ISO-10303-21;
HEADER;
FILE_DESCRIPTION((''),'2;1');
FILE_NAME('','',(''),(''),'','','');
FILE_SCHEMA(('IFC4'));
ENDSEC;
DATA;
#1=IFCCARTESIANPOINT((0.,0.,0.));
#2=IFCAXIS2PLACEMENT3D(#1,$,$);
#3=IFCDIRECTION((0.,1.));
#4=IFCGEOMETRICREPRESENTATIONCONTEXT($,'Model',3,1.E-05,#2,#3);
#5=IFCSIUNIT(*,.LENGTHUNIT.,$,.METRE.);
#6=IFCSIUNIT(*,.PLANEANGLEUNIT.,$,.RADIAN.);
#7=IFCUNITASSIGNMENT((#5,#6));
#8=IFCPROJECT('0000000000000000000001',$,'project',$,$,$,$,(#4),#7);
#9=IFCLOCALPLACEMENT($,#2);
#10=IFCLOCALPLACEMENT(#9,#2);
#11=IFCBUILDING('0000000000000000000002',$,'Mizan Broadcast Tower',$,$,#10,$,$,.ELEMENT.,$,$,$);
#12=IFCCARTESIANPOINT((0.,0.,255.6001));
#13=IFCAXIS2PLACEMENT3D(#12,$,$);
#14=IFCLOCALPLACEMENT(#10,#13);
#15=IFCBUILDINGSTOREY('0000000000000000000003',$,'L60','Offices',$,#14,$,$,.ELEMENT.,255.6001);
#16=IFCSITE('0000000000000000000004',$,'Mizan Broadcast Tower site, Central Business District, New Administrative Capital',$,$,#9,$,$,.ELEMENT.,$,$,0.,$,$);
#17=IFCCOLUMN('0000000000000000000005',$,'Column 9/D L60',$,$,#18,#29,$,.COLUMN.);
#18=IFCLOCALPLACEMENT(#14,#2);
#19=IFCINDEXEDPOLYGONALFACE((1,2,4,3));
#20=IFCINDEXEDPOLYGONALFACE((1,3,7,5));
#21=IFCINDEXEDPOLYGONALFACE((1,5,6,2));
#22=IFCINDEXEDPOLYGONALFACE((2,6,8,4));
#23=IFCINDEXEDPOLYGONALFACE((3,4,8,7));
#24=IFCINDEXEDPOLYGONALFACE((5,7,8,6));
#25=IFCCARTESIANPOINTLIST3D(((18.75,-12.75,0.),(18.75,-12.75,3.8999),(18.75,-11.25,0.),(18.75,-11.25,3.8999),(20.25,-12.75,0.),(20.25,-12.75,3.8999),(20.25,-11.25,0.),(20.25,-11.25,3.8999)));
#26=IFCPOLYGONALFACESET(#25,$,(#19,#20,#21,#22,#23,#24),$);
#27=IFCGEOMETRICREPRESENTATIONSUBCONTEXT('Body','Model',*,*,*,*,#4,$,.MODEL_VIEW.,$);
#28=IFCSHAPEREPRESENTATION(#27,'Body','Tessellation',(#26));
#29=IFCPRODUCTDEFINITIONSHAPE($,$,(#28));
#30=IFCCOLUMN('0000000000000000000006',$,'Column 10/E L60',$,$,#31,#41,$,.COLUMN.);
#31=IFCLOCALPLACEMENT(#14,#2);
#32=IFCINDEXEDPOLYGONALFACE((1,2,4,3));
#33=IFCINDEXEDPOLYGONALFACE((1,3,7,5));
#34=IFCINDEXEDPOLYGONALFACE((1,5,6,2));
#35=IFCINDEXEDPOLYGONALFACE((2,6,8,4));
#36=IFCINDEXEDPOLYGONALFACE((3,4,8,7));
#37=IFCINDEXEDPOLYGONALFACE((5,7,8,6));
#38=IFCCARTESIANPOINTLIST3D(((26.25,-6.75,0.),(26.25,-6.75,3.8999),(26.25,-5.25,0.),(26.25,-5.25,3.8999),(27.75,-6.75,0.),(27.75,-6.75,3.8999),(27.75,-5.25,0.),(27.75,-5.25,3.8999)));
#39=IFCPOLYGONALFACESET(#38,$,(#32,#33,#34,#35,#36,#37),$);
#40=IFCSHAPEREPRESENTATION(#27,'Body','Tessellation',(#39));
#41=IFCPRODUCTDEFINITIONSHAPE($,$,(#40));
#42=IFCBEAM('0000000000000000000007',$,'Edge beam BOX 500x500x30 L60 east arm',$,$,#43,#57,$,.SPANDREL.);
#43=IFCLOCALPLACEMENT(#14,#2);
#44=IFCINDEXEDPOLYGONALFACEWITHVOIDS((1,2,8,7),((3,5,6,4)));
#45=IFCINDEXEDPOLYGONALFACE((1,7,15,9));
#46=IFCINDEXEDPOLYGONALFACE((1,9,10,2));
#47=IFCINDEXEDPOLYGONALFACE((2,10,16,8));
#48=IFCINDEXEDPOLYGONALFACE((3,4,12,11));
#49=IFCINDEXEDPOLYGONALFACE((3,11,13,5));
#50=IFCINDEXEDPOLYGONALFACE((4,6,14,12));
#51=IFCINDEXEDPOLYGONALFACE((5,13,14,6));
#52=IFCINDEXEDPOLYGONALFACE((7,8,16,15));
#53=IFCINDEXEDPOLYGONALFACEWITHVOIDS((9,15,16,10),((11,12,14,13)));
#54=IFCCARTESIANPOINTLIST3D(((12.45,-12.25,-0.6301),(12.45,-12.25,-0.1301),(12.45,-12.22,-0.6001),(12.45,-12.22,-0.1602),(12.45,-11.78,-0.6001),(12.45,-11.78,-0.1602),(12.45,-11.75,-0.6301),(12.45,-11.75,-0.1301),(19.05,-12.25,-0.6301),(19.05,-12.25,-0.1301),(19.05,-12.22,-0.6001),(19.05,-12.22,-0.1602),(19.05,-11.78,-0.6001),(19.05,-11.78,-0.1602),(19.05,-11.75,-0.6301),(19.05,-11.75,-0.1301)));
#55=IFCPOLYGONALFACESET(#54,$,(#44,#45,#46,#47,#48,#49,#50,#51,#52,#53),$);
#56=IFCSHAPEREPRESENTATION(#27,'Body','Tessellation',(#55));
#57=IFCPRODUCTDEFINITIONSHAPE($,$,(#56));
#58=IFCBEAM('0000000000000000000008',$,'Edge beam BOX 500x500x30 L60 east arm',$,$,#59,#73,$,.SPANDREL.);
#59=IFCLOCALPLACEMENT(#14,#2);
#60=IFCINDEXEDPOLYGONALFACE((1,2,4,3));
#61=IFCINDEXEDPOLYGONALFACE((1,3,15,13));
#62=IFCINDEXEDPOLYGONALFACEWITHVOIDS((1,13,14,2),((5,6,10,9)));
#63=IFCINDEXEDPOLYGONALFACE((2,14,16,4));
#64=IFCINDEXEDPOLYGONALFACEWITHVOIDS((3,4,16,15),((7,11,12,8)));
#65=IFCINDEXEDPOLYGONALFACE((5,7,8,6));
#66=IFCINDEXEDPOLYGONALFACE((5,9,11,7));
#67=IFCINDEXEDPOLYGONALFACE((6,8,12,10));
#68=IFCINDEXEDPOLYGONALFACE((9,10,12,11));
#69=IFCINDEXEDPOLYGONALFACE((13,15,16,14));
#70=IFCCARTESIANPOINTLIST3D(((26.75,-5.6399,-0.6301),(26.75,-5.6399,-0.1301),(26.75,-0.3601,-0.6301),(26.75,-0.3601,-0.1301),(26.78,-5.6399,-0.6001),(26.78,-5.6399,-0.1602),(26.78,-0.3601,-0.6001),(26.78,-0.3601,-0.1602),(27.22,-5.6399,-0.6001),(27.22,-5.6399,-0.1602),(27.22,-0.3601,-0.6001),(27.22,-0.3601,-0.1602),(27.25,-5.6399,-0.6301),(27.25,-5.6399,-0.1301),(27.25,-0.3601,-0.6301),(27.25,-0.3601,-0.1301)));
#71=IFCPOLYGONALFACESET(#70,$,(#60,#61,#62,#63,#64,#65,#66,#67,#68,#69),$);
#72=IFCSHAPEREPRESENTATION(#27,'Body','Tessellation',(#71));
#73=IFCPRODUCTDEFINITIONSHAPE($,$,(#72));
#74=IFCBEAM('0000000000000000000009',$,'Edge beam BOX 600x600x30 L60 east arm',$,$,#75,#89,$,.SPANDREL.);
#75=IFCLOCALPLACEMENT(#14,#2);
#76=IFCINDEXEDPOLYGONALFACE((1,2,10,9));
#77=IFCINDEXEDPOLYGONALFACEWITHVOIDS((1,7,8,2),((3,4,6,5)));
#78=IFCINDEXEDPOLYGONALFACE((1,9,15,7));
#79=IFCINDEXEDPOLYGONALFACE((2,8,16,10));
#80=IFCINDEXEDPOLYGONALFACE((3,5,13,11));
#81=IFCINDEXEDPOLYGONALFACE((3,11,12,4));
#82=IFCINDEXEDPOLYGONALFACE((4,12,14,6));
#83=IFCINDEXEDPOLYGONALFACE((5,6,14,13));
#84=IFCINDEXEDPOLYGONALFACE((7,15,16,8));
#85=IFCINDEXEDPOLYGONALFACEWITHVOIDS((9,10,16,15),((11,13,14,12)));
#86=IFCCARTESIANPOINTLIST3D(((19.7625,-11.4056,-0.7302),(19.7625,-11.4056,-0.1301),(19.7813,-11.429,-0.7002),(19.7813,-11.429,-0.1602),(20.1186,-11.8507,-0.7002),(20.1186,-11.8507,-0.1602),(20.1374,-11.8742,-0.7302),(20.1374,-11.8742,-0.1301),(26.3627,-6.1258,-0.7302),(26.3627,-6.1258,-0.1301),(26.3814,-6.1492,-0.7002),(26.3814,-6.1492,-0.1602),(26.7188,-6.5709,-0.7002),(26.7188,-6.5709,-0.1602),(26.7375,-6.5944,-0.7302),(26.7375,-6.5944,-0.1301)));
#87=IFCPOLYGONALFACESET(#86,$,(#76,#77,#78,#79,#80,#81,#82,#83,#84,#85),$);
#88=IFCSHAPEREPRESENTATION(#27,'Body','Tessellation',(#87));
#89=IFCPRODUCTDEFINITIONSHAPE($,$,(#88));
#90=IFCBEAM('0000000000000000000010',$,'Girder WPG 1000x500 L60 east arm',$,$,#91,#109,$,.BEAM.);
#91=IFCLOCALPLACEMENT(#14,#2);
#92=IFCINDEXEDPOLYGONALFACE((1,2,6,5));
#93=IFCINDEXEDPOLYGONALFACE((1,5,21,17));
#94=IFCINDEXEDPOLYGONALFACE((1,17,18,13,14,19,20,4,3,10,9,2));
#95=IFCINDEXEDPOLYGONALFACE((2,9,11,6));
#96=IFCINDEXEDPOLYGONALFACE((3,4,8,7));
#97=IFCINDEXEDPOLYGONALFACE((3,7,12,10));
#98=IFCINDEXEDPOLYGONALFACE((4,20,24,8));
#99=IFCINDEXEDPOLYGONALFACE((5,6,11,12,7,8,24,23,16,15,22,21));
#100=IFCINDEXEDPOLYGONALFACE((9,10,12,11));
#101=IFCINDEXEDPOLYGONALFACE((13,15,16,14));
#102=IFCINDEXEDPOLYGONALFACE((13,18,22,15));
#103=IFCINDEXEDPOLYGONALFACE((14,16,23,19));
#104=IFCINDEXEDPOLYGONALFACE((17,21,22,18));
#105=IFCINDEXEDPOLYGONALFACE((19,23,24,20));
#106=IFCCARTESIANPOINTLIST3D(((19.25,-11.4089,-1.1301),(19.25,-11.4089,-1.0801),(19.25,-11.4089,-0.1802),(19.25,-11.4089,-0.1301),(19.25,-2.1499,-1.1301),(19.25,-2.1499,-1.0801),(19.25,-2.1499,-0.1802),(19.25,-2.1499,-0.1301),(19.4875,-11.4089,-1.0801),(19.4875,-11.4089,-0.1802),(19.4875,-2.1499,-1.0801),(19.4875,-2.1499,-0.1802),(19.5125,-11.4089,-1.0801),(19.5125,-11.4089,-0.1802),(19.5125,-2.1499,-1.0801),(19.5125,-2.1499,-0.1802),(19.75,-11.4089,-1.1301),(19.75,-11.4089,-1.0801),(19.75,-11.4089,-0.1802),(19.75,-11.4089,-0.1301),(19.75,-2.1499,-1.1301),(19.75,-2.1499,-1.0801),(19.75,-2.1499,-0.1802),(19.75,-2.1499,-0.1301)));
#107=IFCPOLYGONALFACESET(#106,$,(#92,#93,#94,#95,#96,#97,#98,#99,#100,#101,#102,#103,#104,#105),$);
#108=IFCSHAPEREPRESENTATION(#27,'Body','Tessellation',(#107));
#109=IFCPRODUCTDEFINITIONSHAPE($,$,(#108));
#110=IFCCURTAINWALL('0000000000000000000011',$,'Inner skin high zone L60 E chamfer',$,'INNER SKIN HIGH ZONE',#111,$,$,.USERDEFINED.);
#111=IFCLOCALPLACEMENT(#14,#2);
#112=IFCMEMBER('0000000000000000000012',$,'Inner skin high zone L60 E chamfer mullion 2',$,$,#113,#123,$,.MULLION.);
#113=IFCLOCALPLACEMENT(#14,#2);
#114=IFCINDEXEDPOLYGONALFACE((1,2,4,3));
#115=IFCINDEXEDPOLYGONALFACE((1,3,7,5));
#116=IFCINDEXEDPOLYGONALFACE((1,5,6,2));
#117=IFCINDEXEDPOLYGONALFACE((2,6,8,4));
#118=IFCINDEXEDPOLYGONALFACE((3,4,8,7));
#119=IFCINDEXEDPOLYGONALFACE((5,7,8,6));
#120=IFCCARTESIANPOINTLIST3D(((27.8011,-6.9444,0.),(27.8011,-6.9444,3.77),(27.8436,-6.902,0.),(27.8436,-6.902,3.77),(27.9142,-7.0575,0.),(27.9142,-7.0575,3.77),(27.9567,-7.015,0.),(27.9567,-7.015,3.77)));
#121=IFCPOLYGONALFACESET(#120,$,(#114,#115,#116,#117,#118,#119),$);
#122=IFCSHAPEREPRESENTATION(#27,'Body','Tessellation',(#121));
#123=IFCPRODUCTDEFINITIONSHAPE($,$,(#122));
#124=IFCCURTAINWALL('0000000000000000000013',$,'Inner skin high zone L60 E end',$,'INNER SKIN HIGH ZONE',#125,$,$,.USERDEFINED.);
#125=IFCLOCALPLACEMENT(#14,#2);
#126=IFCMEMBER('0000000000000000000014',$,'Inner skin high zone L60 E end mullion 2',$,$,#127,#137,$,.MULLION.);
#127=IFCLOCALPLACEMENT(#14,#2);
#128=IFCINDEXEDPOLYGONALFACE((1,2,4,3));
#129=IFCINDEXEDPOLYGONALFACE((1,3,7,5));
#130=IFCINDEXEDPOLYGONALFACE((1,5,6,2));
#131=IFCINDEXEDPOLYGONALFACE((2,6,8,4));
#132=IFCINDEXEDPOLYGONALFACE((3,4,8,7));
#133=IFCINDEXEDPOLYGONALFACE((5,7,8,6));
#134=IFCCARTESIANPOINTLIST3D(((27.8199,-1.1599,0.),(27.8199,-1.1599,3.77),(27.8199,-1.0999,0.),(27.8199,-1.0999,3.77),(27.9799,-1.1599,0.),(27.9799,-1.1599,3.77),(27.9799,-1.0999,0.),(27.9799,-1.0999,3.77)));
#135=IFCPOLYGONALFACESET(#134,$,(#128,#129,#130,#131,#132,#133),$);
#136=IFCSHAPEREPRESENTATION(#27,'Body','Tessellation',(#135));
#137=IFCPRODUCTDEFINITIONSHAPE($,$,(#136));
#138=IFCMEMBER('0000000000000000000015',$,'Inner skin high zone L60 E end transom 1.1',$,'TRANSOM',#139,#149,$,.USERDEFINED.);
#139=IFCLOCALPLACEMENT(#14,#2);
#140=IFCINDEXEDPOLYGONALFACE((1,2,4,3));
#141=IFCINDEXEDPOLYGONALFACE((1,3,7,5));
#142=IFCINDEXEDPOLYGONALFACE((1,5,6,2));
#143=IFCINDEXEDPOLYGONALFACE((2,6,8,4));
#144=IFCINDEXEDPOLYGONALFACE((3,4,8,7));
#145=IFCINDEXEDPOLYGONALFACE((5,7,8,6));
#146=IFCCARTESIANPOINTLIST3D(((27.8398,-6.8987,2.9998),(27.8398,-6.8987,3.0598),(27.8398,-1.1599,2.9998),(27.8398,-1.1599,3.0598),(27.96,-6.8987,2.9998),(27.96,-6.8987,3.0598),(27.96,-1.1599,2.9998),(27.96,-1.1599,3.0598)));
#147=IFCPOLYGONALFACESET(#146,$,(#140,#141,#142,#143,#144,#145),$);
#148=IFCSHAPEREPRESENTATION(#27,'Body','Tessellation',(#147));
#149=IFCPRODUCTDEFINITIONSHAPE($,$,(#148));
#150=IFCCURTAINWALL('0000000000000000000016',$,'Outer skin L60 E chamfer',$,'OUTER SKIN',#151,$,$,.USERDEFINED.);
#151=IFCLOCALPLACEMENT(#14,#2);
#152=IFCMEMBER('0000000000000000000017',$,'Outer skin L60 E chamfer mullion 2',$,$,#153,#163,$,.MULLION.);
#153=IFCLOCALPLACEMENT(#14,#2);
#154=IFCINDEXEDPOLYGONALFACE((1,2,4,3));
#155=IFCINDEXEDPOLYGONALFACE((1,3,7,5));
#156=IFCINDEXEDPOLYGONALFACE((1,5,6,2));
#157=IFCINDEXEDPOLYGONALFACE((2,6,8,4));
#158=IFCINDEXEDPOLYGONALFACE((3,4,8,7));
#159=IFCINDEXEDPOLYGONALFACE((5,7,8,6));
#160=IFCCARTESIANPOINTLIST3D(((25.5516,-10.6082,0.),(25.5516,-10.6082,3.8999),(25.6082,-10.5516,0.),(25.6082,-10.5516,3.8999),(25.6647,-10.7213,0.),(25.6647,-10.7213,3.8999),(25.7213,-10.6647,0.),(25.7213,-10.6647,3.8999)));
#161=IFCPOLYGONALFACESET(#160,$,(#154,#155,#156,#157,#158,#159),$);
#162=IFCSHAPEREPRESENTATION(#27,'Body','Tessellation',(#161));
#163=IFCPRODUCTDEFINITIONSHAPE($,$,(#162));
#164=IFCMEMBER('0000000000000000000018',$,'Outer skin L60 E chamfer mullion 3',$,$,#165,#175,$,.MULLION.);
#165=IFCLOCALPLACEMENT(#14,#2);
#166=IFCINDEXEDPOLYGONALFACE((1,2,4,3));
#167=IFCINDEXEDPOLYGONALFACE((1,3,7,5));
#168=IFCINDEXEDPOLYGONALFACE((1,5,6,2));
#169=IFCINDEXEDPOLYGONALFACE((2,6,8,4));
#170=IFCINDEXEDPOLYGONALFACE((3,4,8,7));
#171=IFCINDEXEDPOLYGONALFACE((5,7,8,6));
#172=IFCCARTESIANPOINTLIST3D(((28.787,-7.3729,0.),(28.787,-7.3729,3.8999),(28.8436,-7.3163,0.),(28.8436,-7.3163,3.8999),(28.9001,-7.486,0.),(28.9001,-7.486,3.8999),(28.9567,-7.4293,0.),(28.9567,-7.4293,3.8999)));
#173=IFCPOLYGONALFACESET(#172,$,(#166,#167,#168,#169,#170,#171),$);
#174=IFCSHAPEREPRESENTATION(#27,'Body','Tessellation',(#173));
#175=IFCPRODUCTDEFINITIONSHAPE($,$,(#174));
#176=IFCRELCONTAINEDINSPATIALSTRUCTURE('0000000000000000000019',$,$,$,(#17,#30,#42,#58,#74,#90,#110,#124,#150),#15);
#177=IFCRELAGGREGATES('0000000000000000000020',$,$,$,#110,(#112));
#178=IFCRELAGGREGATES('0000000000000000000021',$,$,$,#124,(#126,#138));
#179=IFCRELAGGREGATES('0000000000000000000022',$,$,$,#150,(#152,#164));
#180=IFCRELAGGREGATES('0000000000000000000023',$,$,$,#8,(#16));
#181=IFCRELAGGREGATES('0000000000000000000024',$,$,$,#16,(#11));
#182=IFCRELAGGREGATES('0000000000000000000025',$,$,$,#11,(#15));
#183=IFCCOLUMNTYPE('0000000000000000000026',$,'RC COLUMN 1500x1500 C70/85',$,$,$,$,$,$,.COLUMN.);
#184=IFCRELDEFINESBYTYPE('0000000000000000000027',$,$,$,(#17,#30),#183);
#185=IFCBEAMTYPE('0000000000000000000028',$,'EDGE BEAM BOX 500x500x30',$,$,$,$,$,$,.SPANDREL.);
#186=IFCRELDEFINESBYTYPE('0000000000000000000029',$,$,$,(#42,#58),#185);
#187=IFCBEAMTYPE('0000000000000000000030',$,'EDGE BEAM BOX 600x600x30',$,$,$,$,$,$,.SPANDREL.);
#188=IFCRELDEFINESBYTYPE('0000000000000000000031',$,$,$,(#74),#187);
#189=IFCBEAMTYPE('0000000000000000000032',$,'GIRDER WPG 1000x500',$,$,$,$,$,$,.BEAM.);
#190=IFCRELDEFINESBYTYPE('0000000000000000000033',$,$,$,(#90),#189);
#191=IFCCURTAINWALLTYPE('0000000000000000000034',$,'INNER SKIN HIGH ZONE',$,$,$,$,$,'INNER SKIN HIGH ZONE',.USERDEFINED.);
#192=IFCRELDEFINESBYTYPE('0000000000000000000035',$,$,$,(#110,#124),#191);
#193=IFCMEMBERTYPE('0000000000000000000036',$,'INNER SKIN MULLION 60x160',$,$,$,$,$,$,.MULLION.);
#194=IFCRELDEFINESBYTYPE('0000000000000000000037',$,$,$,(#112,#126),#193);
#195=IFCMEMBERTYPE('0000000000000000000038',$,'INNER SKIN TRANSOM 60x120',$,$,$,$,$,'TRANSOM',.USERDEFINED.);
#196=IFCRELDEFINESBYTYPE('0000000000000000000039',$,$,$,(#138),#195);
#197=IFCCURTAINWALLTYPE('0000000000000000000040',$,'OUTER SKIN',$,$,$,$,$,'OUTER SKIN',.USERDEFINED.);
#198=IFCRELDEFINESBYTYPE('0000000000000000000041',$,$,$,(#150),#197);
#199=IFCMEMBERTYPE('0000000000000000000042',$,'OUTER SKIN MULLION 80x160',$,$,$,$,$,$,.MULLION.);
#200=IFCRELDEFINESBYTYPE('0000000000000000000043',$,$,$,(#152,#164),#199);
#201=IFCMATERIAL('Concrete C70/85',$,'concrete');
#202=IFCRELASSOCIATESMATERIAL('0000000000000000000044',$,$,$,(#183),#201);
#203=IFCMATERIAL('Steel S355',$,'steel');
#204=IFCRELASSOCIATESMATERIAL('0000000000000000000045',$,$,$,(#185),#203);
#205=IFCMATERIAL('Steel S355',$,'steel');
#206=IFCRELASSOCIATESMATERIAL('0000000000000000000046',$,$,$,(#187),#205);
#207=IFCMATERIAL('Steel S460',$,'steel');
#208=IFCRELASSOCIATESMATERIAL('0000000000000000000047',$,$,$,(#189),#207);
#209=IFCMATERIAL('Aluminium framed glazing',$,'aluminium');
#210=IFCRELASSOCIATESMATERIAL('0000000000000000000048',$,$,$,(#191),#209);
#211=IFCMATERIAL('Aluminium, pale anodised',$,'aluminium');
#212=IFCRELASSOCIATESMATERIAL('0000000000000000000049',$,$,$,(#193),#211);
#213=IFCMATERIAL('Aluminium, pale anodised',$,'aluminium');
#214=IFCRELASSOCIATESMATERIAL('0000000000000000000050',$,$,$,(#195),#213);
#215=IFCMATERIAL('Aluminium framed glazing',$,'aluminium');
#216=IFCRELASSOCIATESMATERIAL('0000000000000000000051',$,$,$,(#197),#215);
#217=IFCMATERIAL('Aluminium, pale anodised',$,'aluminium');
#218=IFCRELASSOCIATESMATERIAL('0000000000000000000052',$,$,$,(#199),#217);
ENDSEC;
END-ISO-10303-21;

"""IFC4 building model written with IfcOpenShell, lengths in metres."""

from ifc_helpers import new_model, si_unit, direction, frame, origin, origin_2d, place, context, subcontext, project, spatial, rectangle, hollow_rectangle, i_section, extrude, material, material_profile, profile_set, type_object, element, aggregate, save


model = new_model("IFC4")

# Units and contexts
model_context = context("Model", 3, precision=1e-05, world=origin(), true_north=direction((0.0, 1.0)))
body_context = subcontext(model_context, "Body", "Model", "MODEL_VIEW")
ifc_project = project(units=[si_unit("LENGTHUNIT", "METRE"), si_unit("PLANEANGLEUNIT", "RADIAN")], contexts=[model_context])

# Site, building, storey
site_placement = place(None, origin())
site = spatial("IfcSite", under=ifc_project, at=site_placement, Name="Mizan Broadcast Tower site, Central Business District, New Administrative Capital", CompositionType="ELEMENT", RefElevation=0.0)
building_placement = place(site_placement, origin())
building = spatial("IfcBuilding", under=site, at=building_placement, Name="Mizan Broadcast Tower", CompositionType="ELEMENT")
storey_placement = place(building_placement, frame((0.0, 0.0, 255.6001)))
storey = spatial("IfcBuildingStorey", under=building, at=storey_placement, Name="L60", Description="Offices", CompositionType="ELEMENT", Elevation=255.6001)

# Columns
ifc_material_1 = material(Name="Concrete C70/85", Category="concrete")
ifc_material_profile_1 = material_profile(ifc_material_1, rectangle(XDim=1.5, YDim=1.5, at=origin_2d()), Name="RC 1500x1500")
ifc_profile_set_1 = profile_set([ifc_material_profile_1], Name="Concrete C70/85")
column_type = type_object("IfcColumnType", Name="RC COLUMN 1500x1500 C70/85", PredefinedType="COLUMN", material=ifc_profile_set_1)
for number, where, z_axis, x_axis, name in (
    (1, (19.5, -12.0, 0.0), (0.0, 0.0, 1.0), (1.0, 0.0, 0.0), "Column 9/D L60"),
    (2, (27.0, -6.0, 0.0), (0.0, 0.0, 1.0), (1.0, 0.0, 0.0), "Column 10/E L60"),
):
    element("IfcColumn", number, at=place(storey_placement, frame(where, z_axis=z_axis, x_axis=x_axis)), inside=storey, type_object=column_type, Name=name, PredefinedType="COLUMN", context=body_context, shape_type="SweptSolid", body=[
        extrude(rectangle(XDim=1.5, YDim=1.5, at=origin_2d()), origin(), (0.0, 0.0, 1.0), 3.8999),
    ])

# Beams
ifc_material_2 = material(Name="Steel S355", Category="steel")
ifc_material_profile_2 = material_profile(ifc_material_2, hollow_rectangle(XDim=0.5, YDim=0.5, WallThickness=0.03, at=origin_2d()), Name="BOX 500x500x30")
ifc_profile_set_2 = profile_set([ifc_material_profile_2], Name="Steel S355")
beam_type_1 = type_object("IfcBeamType", Name="EDGE BEAM BOX 500x500x30", PredefinedType="SPANDREL", material=ifc_profile_set_2)
beam_1_placement = place(storey_placement, frame((12.45, -12.0, -0.3801), z_axis=(1.0, 0.0, 0.0), x_axis=(0.0, 1.0, 0.0)))
element("IfcBeam", 3, at=beam_1_placement, inside=storey, type_object=beam_type_1, Name="Edge beam BOX 500x500x30 L60 east arm", PredefinedType="SPANDREL", context=body_context, shape_type="SweptSolid", body=[
    extrude(hollow_rectangle(XDim=0.5, YDim=0.5, WallThickness=0.03, at=origin_2d()), origin(), (0.0, 0.0, 1.0), 6.6001),
])
beam_2_placement = place(storey_placement, frame((27.0, -5.6399, -0.3801), z_axis=(0.0, 1.0, 0.0), x_axis=(-1.0, 0.0, 0.0)))
element("IfcBeam", 4, at=beam_2_placement, inside=storey, type_object=beam_type_1, Name="Edge beam BOX 500x500x30 L60 east arm", PredefinedType="SPANDREL", context=body_context, shape_type="SweptSolid", body=[
    extrude(hollow_rectangle(XDim=0.5, YDim=0.5, WallThickness=0.03, at=origin_2d()), origin(), (0.0, 0.0, 1.0), 5.2798),
])
ifc_material_3 = material(Name="Steel S355", Category="steel")
ifc_material_profile_3 = material_profile(ifc_material_3, hollow_rectangle(XDim=0.6001, YDim=0.6001, WallThickness=0.03, at=origin_2d()), Name="BOX 600x600x30")
ifc_profile_set_3 = profile_set([ifc_material_profile_3], Name="Steel S355")
beam_type_2 = type_object("IfcBeamType", Name="EDGE BEAM BOX 600x600x30", PredefinedType="SPANDREL", material=ifc_profile_set_3)
beam_3_placement = place(storey_placement, frame((19.95, -11.6399, -0.4302), z_axis=(0.780886, 0.624674, 0.0), x_axis=(-0.624674, 0.780886, 0.0)))
element("IfcBeam", 5, at=beam_3_placement, inside=storey, type_object=beam_type_2, Name="Edge beam BOX 600x600x30 L60 east arm", PredefinedType="SPANDREL", context=body_context, shape_type="SweptSolid", body=[
    extrude(hollow_rectangle(XDim=0.6001, YDim=0.6001, WallThickness=0.03, at=origin_2d()), origin(), (0.0, 0.0, 1.0), 8.4521),
])
ifc_material_4 = material(Name="Steel S460", Category="steel")
ifc_material_profile_4 = material_profile(ifc_material_4, i_section(OverallWidth=0.5, OverallDepth=1.0, WebThickness=0.0249, FlangeThickness=0.05, at=origin_2d()), Name="WPG 1000x500")
ifc_profile_set_4 = profile_set([ifc_material_profile_4], Name="Steel S460")
beam_type_3 = type_object("IfcBeamType", Name="GIRDER WPG 1000x500", PredefinedType="BEAM", material=ifc_profile_set_4)
beam_4_placement = place(storey_placement, frame((19.5, -11.4089, -0.6301), z_axis=(0.0, 1.0, 0.0), x_axis=(-1.0, 0.0, 0.0)))
element("IfcBeam", 6, at=beam_4_placement, inside=storey, type_object=beam_type_3, Name="Girder WPG 1000x500 L60 east arm", PredefinedType="BEAM", context=body_context, shape_type="SweptSolid", body=[
    extrude(i_section(OverallWidth=0.5, OverallDepth=1.0, WebThickness=0.0249, FlangeThickness=0.05, at=origin_2d()), origin(), (0.0, 0.0, 1.0), 9.259),
])

# Curtain wall, member
ifc_material_5 = material(Name="Aluminium framed glazing", Category="aluminium")
curtain_wall_type_1 = type_object("IfcCurtainWallType", Name="INNER SKIN HIGH ZONE", ElementType="INNER SKIN HIGH ZONE", PredefinedType="USERDEFINED", material=ifc_material_5)
curtain_wall_1_placement = place(storey_placement, origin())
curtain_wall_1 = element("IfcCurtainWall", 7, at=curtain_wall_1_placement, inside=storey, type_object=curtain_wall_type_1, Name="Inner skin high zone L60 E chamfer", ObjectType="INNER SKIN HIGH ZONE", PredefinedType="USERDEFINED")
ifc_material_6 = material(Name="Aluminium, pale anodised", Category="aluminium")
ifc_material_profile_5 = material_profile(ifc_material_6, rectangle(XDim=0.1599, YDim=0.0601, at=origin_2d()), Name="MULLION 160x60")
ifc_profile_set_5 = profile_set([ifc_material_profile_5], Name="Aluminium, pale anodised")
member_type_1 = type_object("IfcMemberType", Name="INNER SKIN MULLION 60x160", PredefinedType="MULLION", material=ifc_profile_set_5)
member_1_placement = place(storey_placement, frame((27.8789, -6.9797, 0.0), z_axis=(0.0, 0.0, 1.0), x_axis=(-0.707107, 0.707107, 0.0)))
member_1 = element("IfcMember", 8, at=member_1_placement, type_object=member_type_1, Name="Inner skin high zone L60 E chamfer mullion 2", PredefinedType="MULLION", context=body_context, shape_type="SweptSolid", body=[
    extrude(rectangle(XDim=0.1599, YDim=0.0601, at=origin_2d()), origin(), (0.0, 0.0, 1.0), 3.77),
])

# Curtain walls, members
curtain_wall_2_placement = place(storey_placement, origin())
curtain_wall_2 = element("IfcCurtainWall", 9, at=curtain_wall_2_placement, inside=storey, type_object=curtain_wall_type_1, Name="Inner skin high zone L60 E end", ObjectType="INNER SKIN HIGH ZONE", PredefinedType="USERDEFINED")
member_2_placement = place(storey_placement, frame((27.8999, -1.1299, 0.0), z_axis=(0.0, 0.0, 1.0), x_axis=(-1.0, 0.0, 0.0)))
member_2 = element("IfcMember", 10, at=member_2_placement, type_object=member_type_1, Name="Inner skin high zone L60 E end mullion 2", PredefinedType="MULLION", context=body_context, shape_type="SweptSolid", body=[
    extrude(rectangle(XDim=0.1599, YDim=0.0601, at=origin_2d()), origin(), (0.0, 0.0, 1.0), 3.77),
])
ifc_material_7 = material(Name="Aluminium, pale anodised", Category="aluminium")
ifc_material_profile_6 = material_profile(ifc_material_7, rectangle(XDim=0.1201, YDim=0.0601, at=origin_2d()), Name="TRANSOM 120x60")
ifc_profile_set_6 = profile_set([ifc_material_profile_6], Name="Aluminium, pale anodised")
member_type_2 = type_object("IfcMemberType", Name="INNER SKIN TRANSOM 60x120", ElementType="TRANSOM", PredefinedType="USERDEFINED", material=ifc_profile_set_6)
member_3_placement = place(storey_placement, frame((27.8999, -6.8987, 3.0298), z_axis=(0.0, 1.0, 0.0), x_axis=(-1.0, 0.0, 0.0)))
member_3 = element("IfcMember", 11, at=member_3_placement, type_object=member_type_2, Name="Inner skin high zone L60 E end transom 1.1", ObjectType="TRANSOM", PredefinedType="USERDEFINED", context=body_context, shape_type="SweptSolid", body=[
    extrude(rectangle(XDim=0.1201, YDim=0.0601, at=origin_2d()), origin(), (0.0, 0.0, 1.0), 5.7388),
])
ifc_material_8 = material(Name="Aluminium framed glazing", Category="aluminium")
curtain_wall_type_2 = type_object("IfcCurtainWallType", Name="OUTER SKIN", ElementType="OUTER SKIN", PredefinedType="USERDEFINED", material=ifc_material_8)
curtain_wall_3_placement = place(storey_placement, origin())
curtain_wall_3 = element("IfcCurtainWall", 12, at=curtain_wall_3_placement, inside=storey, type_object=curtain_wall_type_2, Name="Outer skin L60 E chamfer", ObjectType="OUTER SKIN", PredefinedType="USERDEFINED")
ifc_material_9 = material(Name="Aluminium, pale anodised", Category="aluminium")
ifc_material_profile_7 = material_profile(ifc_material_9, rectangle(XDim=0.1599, YDim=0.0801, at=origin_2d()), Name="MULLION 160x80")
ifc_profile_set_7 = profile_set([ifc_material_profile_7], Name="Aluminium, pale anodised")
member_type_3 = type_object("IfcMemberType", Name="OUTER SKIN MULLION 80x160", PredefinedType="MULLION", material=ifc_profile_set_7)
member_4_placement = place(storey_placement, frame((25.6365, -10.6365, 0.0), z_axis=(0.0, 0.0, 1.0), x_axis=(-0.707107, 0.707107, 0.0)))
member_4 = element("IfcMember", 13, at=member_4_placement, type_object=member_type_3, Name="Outer skin L60 E chamfer mullion 2", PredefinedType="MULLION", context=body_context, shape_type="SweptSolid", body=[
    extrude(rectangle(XDim=0.1599, YDim=0.0801, at=origin_2d()), origin(), (0.0, 0.0, 1.0), 3.8999),
])
member_5_placement = place(storey_placement, frame((28.8718, -7.4011, 0.0), z_axis=(0.0, 0.0, 1.0), x_axis=(-0.707107, 0.707107, 0.0)))
member_5 = element("IfcMember", 14, at=member_5_placement, type_object=member_type_3, Name="Outer skin L60 E chamfer mullion 3", PredefinedType="MULLION", context=body_context, shape_type="SweptSolid", body=[
    extrude(rectangle(XDim=0.1599, YDim=0.0801, at=origin_2d()), origin(), (0.0, 0.0, 1.0), 3.8999),
])

aggregate(curtain_wall_1, [member_1])
aggregate(curtain_wall_2, [member_2, member_3])
aggregate(curtain_wall_3, [member_4, member_5])

save(model, "model.ifc")
